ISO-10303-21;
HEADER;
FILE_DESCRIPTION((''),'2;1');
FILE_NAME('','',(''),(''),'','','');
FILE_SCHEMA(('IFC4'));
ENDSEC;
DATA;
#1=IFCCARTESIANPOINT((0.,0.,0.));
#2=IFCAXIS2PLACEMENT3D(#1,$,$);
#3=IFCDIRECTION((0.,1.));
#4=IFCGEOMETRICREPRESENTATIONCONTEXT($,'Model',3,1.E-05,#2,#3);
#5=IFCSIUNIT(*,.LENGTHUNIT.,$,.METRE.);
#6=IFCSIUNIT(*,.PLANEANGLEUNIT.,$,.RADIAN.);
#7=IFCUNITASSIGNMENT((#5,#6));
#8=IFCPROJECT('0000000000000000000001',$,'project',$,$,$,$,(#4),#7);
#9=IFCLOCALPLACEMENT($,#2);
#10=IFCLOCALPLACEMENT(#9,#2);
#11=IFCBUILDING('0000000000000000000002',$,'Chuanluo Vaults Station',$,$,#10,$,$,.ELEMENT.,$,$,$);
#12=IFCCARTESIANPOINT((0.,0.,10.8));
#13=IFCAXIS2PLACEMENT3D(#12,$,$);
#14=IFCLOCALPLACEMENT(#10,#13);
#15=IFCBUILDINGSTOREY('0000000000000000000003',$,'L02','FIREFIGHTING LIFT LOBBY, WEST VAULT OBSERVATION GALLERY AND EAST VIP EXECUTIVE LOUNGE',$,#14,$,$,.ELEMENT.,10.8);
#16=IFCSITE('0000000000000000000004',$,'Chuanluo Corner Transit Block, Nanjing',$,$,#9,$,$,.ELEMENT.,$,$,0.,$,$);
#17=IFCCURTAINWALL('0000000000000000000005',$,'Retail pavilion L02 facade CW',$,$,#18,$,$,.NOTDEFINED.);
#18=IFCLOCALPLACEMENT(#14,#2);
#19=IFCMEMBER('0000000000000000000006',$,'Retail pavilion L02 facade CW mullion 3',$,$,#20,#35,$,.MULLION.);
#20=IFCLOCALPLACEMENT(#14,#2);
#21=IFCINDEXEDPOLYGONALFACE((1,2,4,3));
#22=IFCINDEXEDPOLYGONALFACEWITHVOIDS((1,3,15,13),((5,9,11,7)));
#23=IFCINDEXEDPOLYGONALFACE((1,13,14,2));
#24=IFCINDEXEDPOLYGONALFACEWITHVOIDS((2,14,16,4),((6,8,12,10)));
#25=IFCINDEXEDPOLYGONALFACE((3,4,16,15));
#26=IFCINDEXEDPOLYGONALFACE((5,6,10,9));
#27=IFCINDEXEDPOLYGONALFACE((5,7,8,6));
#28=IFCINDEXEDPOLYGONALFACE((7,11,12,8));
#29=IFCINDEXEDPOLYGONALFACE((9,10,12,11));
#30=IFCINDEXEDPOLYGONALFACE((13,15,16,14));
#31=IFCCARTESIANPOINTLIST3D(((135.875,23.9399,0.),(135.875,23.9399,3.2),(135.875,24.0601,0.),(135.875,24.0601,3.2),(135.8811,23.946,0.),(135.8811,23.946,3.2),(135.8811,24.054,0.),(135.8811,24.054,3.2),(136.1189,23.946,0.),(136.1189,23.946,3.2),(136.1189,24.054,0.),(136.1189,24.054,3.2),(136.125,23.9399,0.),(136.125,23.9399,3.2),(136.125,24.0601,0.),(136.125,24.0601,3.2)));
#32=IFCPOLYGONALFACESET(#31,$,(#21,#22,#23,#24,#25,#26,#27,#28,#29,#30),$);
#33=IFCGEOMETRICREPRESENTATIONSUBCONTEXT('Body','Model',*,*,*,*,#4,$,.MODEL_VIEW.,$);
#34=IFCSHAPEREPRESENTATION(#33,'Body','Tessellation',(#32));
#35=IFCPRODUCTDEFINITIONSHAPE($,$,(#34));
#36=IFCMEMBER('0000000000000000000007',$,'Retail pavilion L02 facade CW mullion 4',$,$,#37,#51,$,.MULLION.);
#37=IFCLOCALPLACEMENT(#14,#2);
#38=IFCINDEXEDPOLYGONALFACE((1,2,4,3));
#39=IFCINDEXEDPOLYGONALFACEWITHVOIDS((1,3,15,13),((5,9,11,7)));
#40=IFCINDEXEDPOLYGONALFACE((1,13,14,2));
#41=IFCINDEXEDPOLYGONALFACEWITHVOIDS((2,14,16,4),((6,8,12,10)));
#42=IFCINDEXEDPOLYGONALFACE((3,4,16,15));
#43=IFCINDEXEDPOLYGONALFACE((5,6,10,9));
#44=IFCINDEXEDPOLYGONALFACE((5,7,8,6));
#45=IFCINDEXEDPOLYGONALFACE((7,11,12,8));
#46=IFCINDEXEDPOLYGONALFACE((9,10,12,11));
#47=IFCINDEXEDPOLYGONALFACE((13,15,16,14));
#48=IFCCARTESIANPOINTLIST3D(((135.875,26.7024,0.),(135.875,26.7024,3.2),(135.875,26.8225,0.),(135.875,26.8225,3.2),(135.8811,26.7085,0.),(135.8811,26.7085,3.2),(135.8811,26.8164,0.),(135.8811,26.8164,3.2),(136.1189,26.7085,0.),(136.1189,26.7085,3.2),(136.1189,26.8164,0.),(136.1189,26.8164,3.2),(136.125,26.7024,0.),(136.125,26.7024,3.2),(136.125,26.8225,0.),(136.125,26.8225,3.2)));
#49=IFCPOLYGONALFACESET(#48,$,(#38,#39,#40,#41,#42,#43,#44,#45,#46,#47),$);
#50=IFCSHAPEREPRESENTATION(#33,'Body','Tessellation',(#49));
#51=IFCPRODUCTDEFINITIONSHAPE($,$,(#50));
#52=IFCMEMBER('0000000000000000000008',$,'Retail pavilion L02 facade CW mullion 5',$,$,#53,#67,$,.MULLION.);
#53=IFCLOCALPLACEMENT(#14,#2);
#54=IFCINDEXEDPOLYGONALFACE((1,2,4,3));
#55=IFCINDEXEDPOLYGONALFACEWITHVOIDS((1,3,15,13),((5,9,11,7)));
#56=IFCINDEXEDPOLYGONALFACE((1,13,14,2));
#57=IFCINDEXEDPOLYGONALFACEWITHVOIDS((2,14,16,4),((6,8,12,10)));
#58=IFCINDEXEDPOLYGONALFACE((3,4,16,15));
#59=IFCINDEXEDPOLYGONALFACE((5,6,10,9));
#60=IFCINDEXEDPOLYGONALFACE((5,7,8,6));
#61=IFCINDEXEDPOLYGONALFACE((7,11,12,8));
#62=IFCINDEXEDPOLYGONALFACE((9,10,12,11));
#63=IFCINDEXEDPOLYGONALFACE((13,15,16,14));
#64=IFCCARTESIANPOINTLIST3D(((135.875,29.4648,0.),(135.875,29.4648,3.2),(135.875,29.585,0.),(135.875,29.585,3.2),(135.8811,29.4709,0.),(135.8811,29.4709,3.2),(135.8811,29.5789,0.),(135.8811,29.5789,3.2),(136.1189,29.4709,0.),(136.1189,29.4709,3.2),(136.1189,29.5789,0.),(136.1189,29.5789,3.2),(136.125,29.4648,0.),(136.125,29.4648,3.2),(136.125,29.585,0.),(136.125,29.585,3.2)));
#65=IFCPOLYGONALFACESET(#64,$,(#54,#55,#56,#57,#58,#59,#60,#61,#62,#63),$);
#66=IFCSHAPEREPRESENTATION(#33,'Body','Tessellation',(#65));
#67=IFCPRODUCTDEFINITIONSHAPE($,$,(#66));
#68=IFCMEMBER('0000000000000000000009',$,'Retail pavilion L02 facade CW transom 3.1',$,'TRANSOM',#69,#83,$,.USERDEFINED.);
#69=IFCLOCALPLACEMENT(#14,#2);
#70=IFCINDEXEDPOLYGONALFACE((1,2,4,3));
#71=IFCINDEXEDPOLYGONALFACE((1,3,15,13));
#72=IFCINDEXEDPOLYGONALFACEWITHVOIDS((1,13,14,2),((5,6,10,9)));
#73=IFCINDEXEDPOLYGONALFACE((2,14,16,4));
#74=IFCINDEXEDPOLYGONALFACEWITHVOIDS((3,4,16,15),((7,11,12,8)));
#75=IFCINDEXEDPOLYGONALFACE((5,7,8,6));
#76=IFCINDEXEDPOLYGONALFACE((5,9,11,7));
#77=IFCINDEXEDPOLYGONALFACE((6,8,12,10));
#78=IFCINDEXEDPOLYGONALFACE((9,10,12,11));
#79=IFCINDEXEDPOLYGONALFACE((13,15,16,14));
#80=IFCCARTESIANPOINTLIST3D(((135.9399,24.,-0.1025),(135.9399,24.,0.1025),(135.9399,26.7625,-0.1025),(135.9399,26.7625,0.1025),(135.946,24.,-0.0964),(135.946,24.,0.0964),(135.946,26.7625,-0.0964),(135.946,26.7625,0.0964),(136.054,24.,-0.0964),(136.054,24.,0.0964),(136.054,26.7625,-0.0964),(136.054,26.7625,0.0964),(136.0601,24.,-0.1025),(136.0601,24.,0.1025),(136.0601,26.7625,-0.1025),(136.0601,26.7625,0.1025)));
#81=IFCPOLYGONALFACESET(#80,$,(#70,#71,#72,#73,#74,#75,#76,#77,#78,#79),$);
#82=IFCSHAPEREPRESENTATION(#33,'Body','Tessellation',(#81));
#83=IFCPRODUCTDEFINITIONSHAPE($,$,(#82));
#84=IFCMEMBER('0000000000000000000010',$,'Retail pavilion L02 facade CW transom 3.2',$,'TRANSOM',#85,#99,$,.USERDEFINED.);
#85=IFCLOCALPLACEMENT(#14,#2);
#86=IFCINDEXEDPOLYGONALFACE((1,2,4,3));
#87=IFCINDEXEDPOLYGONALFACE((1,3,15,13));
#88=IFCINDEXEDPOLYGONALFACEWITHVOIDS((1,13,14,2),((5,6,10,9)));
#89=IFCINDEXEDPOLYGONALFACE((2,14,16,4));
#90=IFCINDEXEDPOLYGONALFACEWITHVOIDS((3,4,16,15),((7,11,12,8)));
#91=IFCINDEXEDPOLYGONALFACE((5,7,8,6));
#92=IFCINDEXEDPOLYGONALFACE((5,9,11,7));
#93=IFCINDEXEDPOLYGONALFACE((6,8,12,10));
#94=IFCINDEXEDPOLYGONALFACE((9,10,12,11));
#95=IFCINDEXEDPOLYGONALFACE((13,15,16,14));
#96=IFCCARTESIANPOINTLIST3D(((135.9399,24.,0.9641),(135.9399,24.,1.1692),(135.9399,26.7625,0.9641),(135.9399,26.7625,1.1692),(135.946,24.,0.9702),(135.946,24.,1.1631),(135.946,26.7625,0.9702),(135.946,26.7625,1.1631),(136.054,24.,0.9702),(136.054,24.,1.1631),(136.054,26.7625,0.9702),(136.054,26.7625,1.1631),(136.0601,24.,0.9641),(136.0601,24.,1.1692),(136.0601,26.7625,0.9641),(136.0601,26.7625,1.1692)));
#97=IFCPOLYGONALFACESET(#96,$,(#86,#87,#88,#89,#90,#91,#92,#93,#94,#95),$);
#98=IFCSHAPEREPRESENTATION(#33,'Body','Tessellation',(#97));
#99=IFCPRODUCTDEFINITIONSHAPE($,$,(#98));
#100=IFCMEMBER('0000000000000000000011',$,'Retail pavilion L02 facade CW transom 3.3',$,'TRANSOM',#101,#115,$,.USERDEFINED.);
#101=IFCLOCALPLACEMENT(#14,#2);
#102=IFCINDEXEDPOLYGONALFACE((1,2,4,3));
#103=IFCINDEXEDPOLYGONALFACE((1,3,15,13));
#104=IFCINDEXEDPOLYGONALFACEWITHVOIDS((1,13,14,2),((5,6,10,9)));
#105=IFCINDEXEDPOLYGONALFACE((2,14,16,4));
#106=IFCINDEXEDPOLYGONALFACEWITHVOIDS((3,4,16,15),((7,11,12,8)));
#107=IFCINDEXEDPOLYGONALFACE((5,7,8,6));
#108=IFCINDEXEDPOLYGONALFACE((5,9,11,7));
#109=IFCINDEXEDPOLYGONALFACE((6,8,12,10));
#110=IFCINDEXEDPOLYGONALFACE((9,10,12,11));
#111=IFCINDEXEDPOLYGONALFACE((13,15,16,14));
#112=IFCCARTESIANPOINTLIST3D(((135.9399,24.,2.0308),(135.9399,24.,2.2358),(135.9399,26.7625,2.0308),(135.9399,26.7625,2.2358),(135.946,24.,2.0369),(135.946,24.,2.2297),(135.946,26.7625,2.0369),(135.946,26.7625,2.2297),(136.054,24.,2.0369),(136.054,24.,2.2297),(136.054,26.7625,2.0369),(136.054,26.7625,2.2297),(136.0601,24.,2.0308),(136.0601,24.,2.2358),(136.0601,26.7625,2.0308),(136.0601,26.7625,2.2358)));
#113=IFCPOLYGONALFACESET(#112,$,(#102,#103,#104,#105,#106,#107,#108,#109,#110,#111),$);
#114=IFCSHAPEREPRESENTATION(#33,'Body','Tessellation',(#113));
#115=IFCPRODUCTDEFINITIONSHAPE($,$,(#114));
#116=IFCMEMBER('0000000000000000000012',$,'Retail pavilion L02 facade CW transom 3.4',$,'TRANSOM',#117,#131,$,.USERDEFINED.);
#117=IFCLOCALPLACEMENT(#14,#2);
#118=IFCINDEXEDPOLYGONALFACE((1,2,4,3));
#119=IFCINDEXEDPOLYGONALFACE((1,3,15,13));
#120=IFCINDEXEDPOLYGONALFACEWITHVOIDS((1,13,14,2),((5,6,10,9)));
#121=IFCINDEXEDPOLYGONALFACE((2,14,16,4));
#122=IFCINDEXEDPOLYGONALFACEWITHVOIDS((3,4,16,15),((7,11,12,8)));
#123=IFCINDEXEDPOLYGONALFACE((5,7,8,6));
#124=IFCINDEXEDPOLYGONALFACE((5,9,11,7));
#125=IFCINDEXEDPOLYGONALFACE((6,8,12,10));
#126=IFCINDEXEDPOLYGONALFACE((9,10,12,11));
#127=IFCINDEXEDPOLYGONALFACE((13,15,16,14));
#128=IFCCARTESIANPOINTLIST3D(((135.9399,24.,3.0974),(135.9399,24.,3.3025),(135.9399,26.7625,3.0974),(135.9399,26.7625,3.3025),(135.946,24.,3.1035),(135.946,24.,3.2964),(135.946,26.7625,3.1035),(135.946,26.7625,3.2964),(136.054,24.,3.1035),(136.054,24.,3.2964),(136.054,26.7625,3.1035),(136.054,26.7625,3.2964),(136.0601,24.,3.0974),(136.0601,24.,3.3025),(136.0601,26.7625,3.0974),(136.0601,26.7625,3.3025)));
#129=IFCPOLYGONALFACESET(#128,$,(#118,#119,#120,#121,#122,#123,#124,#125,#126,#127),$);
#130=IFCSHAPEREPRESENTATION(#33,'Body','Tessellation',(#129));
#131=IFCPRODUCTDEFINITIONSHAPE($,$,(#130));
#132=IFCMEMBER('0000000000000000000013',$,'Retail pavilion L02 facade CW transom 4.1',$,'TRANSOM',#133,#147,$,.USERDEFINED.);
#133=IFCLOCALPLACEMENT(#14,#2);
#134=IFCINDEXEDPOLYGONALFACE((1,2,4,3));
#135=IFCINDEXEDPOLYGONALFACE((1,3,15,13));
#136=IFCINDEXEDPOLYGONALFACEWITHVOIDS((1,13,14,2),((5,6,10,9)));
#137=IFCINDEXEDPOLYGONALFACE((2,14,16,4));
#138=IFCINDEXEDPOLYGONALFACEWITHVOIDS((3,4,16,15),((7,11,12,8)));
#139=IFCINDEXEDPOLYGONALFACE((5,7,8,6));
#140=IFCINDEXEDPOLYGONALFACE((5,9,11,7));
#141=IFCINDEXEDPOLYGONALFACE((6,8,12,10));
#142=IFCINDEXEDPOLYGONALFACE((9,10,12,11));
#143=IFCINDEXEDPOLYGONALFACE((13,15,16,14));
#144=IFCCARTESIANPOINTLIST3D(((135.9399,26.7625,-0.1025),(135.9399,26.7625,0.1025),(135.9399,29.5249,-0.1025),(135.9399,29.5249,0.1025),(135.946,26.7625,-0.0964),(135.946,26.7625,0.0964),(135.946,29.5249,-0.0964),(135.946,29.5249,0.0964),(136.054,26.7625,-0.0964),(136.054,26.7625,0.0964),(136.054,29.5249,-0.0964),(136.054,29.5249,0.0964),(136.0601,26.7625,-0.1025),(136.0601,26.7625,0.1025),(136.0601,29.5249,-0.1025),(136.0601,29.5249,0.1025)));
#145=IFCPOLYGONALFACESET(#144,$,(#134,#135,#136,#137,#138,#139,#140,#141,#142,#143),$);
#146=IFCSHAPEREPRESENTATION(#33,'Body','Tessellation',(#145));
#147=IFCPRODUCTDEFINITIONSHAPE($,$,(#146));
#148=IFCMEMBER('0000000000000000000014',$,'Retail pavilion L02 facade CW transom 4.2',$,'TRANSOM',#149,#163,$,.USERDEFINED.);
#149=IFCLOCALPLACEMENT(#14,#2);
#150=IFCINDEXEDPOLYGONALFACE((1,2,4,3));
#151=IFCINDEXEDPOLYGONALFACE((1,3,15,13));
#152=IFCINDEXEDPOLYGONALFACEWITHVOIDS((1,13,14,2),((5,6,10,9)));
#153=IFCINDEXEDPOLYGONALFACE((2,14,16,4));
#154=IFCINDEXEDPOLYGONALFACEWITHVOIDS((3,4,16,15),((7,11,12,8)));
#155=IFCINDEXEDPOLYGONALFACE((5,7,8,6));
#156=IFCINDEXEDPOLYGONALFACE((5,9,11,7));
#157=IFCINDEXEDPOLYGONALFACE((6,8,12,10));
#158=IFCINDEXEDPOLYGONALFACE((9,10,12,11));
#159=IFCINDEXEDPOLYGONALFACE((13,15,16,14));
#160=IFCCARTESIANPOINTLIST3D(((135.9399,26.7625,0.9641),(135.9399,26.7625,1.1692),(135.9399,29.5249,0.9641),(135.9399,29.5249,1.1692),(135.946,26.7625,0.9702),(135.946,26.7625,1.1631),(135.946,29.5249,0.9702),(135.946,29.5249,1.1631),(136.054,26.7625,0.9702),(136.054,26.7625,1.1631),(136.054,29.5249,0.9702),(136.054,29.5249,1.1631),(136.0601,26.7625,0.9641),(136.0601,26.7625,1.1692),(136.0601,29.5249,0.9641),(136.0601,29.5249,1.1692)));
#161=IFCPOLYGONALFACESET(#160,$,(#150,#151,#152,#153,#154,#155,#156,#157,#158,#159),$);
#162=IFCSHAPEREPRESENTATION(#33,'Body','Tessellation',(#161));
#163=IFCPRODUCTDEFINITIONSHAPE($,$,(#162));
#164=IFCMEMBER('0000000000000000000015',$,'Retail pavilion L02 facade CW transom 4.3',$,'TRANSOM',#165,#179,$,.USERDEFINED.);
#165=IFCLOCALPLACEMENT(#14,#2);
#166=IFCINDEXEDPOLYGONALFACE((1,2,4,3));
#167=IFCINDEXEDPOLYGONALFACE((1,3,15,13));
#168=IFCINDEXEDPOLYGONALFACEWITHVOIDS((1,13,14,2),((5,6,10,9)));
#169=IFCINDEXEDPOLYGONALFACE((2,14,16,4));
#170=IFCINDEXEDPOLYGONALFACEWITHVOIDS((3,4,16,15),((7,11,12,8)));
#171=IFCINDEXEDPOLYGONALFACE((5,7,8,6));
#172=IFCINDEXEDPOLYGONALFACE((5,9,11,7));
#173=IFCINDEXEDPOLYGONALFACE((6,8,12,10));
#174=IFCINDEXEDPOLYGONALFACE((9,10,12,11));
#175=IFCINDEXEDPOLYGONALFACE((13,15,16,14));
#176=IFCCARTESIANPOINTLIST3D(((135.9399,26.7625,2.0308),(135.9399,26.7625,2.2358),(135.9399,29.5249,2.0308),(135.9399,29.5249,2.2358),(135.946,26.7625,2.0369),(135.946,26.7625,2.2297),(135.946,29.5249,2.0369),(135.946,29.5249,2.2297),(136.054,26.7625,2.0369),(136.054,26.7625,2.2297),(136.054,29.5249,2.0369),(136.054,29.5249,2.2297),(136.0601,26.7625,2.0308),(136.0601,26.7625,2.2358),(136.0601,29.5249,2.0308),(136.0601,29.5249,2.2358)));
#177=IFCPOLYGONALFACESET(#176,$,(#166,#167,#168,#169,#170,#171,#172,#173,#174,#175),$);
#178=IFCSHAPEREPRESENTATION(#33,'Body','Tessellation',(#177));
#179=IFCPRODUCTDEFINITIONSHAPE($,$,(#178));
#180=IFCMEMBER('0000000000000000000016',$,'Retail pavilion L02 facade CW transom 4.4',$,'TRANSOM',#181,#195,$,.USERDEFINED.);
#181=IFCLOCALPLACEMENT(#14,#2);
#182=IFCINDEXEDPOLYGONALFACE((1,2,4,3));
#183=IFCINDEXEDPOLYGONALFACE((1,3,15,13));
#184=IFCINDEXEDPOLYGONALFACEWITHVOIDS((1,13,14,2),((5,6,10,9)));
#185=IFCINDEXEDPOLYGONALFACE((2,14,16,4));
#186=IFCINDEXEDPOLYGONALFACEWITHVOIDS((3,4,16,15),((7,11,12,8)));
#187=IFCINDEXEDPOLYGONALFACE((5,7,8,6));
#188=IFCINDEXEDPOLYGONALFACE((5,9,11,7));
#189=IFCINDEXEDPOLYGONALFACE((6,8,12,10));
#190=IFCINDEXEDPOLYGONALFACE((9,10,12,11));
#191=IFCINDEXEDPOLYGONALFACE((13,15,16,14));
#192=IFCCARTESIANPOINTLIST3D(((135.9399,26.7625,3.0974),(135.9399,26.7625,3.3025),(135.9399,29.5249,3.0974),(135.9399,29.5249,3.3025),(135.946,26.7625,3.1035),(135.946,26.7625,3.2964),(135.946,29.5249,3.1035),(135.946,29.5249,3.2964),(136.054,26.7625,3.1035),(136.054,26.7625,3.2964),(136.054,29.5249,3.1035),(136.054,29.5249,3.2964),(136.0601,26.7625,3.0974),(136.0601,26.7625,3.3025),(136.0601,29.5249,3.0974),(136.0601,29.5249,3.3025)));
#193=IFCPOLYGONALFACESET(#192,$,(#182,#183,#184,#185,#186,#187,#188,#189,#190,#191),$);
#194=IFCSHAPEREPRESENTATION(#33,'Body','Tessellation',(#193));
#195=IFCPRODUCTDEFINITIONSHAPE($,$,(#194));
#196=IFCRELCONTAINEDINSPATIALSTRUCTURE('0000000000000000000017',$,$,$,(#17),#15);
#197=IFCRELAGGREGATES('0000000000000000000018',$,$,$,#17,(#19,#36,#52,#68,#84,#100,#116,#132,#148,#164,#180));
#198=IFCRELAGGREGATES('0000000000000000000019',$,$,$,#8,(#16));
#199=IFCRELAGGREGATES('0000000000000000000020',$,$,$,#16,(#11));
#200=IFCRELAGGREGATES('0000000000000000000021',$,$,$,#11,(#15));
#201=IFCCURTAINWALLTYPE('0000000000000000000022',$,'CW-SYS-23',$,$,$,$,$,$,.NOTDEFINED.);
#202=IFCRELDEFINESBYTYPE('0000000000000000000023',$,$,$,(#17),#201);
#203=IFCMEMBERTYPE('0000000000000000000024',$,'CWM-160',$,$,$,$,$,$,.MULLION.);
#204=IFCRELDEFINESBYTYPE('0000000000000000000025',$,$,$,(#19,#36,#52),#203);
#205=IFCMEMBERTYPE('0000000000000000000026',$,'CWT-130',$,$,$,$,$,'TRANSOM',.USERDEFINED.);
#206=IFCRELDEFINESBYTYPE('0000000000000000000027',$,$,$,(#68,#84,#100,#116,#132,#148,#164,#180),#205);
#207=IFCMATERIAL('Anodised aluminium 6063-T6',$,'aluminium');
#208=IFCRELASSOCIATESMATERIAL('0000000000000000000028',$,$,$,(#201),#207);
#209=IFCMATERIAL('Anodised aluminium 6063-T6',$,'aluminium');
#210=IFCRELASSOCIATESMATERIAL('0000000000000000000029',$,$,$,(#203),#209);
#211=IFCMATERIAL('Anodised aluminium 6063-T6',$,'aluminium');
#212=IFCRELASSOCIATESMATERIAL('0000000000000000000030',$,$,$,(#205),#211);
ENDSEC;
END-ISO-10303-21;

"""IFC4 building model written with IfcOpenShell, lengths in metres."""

from ifc_helpers import new_model, si_unit, direction, frame, origin, origin_2d, place, context, subcontext, project, spatial, hollow_rectangle, extrude, material, material_profile, profile_set, type_object, element, aggregate, save


model = new_model("IFC4")

# Units and contexts
model_context = context("Model", 3, precision=1e-05, world=origin(), true_north=direction((0.0, 1.0)))
body_context = subcontext(model_context, "Body", "Model", "MODEL_VIEW")
ifc_project = project(units=[si_unit("LENGTHUNIT", "METRE"), si_unit("PLANEANGLEUNIT", "RADIAN")], contexts=[model_context])

# Site, building, storey
site_placement = place(None, origin())
site = spatial("IfcSite", under=ifc_project, at=site_placement, Name="Chuanluo Corner Transit Block, Nanjing", CompositionType="ELEMENT", RefElevation=0.0)
building_placement = place(site_placement, origin())
building = spatial("IfcBuilding", under=site, at=building_placement, Name="Chuanluo Vaults Station", CompositionType="ELEMENT")
storey_placement = place(building_placement, frame((0.0, 0.0, 10.8)))
storey = spatial("IfcBuildingStorey", under=building, at=storey_placement, Name="L02", Description="FIREFIGHTING LIFT LOBBY, WEST VAULT OBSERVATION GALLERY AND EAST VIP EXECUTIVE LOUNGE", CompositionType="ELEMENT", Elevation=10.8)

# Curtain wall, members
ifc_material_1 = material(Name="Anodised aluminium 6063-T6", Category="aluminium")
curtain_wall_type_1 = type_object("IfcCurtainWallType", Name="CW-SYS-23", PredefinedType="NOTDEFINED", material=ifc_material_1)
curtain_wall_1_placement = place(storey_placement, origin())
curtain_wall_1 = element("IfcCurtainWall", 1, at=curtain_wall_1_placement, inside=storey, type_object=curtain_wall_type_1, Name="Retail pavilion L02 facade CW", PredefinedType="NOTDEFINED")
ifc_material_2 = material(Name="Anodised aluminium 6063-T6", Category="aluminium")
ifc_material_profile_1 = material_profile(ifc_material_2, hollow_rectangle(XDim=0.1201, YDim=0.25, WallThickness=0.0061, at=origin_2d()))
ifc_profile_set_1 = profile_set([ifc_material_profile_1], Name="Anodised aluminium 6063-T6")
member_type_1 = type_object("IfcMemberType", Name="CWM-160", PredefinedType="MULLION", material=ifc_profile_set_1)
member_1_placement = place(storey_placement, frame((136.0, 24.0, 0.0), z_axis=(0.0, 0.0, 1.0), x_axis=(0.0, 1.0, 0.0)))
member_1 = element("IfcMember", 2, at=member_1_placement, type_object=member_type_1, Name="Retail pavilion L02 facade CW mullion 3", PredefinedType="MULLION", context=body_context, shape_type="SweptSolid", body=[
    extrude(hollow_rectangle(XDim=0.1201, YDim=0.25, WallThickness=0.0061, at=origin_2d()), origin(), (0.0, 0.0, 1.0), 3.2),
])
member_2_placement = place(storey_placement, frame((136.0, 26.7625, 0.0), z_axis=(0.0, 0.0, 1.0), x_axis=(0.0, 1.0, 0.0)))
member_2 = element("IfcMember", 3, at=member_2_placement, type_object=member_type_1, Name="Retail pavilion L02 facade CW mullion 4", PredefinedType="MULLION", context=body_context, shape_type="SweptSolid", body=[
    extrude(hollow_rectangle(XDim=0.1201, YDim=0.25, WallThickness=0.0061, at=origin_2d()), origin(), (0.0, 0.0, 1.0), 3.2),
])
member_3_placement = place(storey_placement, frame((136.0, 29.5249, 0.0), z_axis=(0.0, 0.0, 1.0), x_axis=(0.0, 1.0, 0.0)))
member_3 = element("IfcMember", 4, at=member_3_placement, type_object=member_type_1, Name="Retail pavilion L02 facade CW mullion 5", PredefinedType="MULLION", context=body_context, shape_type="SweptSolid", body=[
    extrude(hollow_rectangle(XDim=0.1201, YDim=0.25, WallThickness=0.0061, at=origin_2d()), origin(), (0.0, 0.0, 1.0), 3.2),
])
ifc_material_3 = material(Name="Anodised aluminium 6063-T6", Category="aluminium")
ifc_material_profile_2 = material_profile(ifc_material_3, hollow_rectangle(XDim=0.1201, YDim=0.2051, WallThickness=0.0061, at=origin_2d()))
ifc_profile_set_2 = profile_set([ifc_material_profile_2], Name="Anodised aluminium 6063-T6")
member_type_2 = type_object("IfcMemberType", Name="CWT-130", ElementType="TRANSOM", PredefinedType="USERDEFINED", material=ifc_profile_set_2)
member_4_placement = place(storey_placement, frame((136.0, 24.0, 0.0), z_axis=(0.0, 1.0, 0.0), x_axis=(-1.0, 0.0, 0.0)))
member_4 = element("IfcMember", 5, at=member_4_placement, type_object=member_type_2, Name="Retail pavilion L02 facade CW transom 3.1", ObjectType="TRANSOM", PredefinedType="USERDEFINED", context=body_context, shape_type="SweptSolid", body=[
    extrude(hollow_rectangle(XDim=0.1201, YDim=0.2051, WallThickness=0.0061, at=origin_2d()), origin(), (0.0, 0.0, 1.0), 2.7625),
])
member_5_placement = place(storey_placement, frame((136.0, 24.0, 1.0667), z_axis=(0.0, 1.0, 0.0), x_axis=(-1.0, 0.0, 0.0)))
member_5 = element("IfcMember", 6, at=member_5_placement, type_object=member_type_2, Name="Retail pavilion L02 facade CW transom 3.2", ObjectType="TRANSOM", PredefinedType="USERDEFINED", context=body_context, shape_type="SweptSolid", body=[
    extrude(hollow_rectangle(XDim=0.1201, YDim=0.2051, WallThickness=0.0061, at=origin_2d()), origin(), (0.0, 0.0, 1.0), 2.7625),
])
member_6_placement = place(storey_placement, frame((136.0, 24.0, 2.1333), z_axis=(0.0, 1.0, 0.0), x_axis=(-1.0, 0.0, 0.0)))
member_6 = element("IfcMember", 7, at=member_6_placement, type_object=member_type_2, Name="Retail pavilion L02 facade CW transom 3.3", ObjectType="TRANSOM", PredefinedType="USERDEFINED", context=body_context, shape_type="SweptSolid", body=[
    extrude(hollow_rectangle(XDim=0.1201, YDim=0.2051, WallThickness=0.0061, at=origin_2d()), origin(), (0.0, 0.0, 1.0), 2.7625),
])
member_7_placement = place(storey_placement, frame((136.0, 24.0, 3.2), z_axis=(0.0, 1.0, 0.0), x_axis=(-1.0, 0.0, 0.0)))
member_7 = element("IfcMember", 8, at=member_7_placement, type_object=member_type_2, Name="Retail pavilion L02 facade CW transom 3.4", ObjectType="TRANSOM", PredefinedType="USERDEFINED", context=body_context, shape_type="SweptSolid", body=[
    extrude(hollow_rectangle(XDim=0.1201, YDim=0.2051, WallThickness=0.0061, at=origin_2d()), origin(), (0.0, 0.0, 1.0), 2.7625),
])
member_8_placement = place(storey_placement, frame((136.0, 26.7625, 0.0), z_axis=(0.0, 1.0, 0.0), x_axis=(-1.0, 0.0, 0.0)))
member_8 = element("IfcMember", 9, at=member_8_placement, type_object=member_type_2, Name="Retail pavilion L02 facade CW transom 4.1", ObjectType="TRANSOM", PredefinedType="USERDEFINED", context=body_context, shape_type="SweptSolid", body=[
    extrude(hollow_rectangle(XDim=0.1201, YDim=0.2051, WallThickness=0.0061, at=origin_2d()), origin(), (0.0, 0.0, 1.0), 2.7625),
])
member_9_placement = place(storey_placement, frame((136.0, 26.7625, 1.0667), z_axis=(0.0, 1.0, 0.0), x_axis=(-1.0, 0.0, 0.0)))
member_9 = element("IfcMember", 10, at=member_9_placement, type_object=member_type_2, Name="Retail pavilion L02 facade CW transom 4.2", ObjectType="TRANSOM", PredefinedType="USERDEFINED", context=body_context, shape_type="SweptSolid", body=[
    extrude(hollow_rectangle(XDim=0.1201, YDim=0.2051, WallThickness=0.0061, at=origin_2d()), origin(), (0.0, 0.0, 1.0), 2.7625),
])
member_10_placement = place(storey_placement, frame((136.0, 26.7625, 2.1333), z_axis=(0.0, 1.0, 0.0), x_axis=(-1.0, 0.0, 0.0)))
member_10 = element("IfcMember", 11, at=member_10_placement, type_object=member_type_2, Name="Retail pavilion L02 facade CW transom 4.3", ObjectType="TRANSOM", PredefinedType="USERDEFINED", context=body_context, shape_type="SweptSolid", body=[
    extrude(hollow_rectangle(XDim=0.1201, YDim=0.2051, WallThickness=0.0061, at=origin_2d()), origin(), (0.0, 0.0, 1.0), 2.7625),
])
member_11_placement = place(storey_placement, frame((136.0, 26.7625, 3.2), z_axis=(0.0, 1.0, 0.0), x_axis=(-1.0, 0.0, 0.0)))
member_11 = element("IfcMember", 12, at=member_11_placement, type_object=member_type_2, Name="Retail pavilion L02 facade CW transom 4.4", ObjectType="TRANSOM", PredefinedType="USERDEFINED", context=body_context, shape_type="SweptSolid", body=[
    extrude(hollow_rectangle(XDim=0.1201, YDim=0.2051, WallThickness=0.0061, at=origin_2d()), origin(), (0.0, 0.0, 1.0), 2.7625),
])
aggregate(curtain_wall_1, [member_1, member_2, member_3, member_4, member_5, member_6, member_7, member_8, member_9, member_10, member_11])

save(model, "model.ifc")
